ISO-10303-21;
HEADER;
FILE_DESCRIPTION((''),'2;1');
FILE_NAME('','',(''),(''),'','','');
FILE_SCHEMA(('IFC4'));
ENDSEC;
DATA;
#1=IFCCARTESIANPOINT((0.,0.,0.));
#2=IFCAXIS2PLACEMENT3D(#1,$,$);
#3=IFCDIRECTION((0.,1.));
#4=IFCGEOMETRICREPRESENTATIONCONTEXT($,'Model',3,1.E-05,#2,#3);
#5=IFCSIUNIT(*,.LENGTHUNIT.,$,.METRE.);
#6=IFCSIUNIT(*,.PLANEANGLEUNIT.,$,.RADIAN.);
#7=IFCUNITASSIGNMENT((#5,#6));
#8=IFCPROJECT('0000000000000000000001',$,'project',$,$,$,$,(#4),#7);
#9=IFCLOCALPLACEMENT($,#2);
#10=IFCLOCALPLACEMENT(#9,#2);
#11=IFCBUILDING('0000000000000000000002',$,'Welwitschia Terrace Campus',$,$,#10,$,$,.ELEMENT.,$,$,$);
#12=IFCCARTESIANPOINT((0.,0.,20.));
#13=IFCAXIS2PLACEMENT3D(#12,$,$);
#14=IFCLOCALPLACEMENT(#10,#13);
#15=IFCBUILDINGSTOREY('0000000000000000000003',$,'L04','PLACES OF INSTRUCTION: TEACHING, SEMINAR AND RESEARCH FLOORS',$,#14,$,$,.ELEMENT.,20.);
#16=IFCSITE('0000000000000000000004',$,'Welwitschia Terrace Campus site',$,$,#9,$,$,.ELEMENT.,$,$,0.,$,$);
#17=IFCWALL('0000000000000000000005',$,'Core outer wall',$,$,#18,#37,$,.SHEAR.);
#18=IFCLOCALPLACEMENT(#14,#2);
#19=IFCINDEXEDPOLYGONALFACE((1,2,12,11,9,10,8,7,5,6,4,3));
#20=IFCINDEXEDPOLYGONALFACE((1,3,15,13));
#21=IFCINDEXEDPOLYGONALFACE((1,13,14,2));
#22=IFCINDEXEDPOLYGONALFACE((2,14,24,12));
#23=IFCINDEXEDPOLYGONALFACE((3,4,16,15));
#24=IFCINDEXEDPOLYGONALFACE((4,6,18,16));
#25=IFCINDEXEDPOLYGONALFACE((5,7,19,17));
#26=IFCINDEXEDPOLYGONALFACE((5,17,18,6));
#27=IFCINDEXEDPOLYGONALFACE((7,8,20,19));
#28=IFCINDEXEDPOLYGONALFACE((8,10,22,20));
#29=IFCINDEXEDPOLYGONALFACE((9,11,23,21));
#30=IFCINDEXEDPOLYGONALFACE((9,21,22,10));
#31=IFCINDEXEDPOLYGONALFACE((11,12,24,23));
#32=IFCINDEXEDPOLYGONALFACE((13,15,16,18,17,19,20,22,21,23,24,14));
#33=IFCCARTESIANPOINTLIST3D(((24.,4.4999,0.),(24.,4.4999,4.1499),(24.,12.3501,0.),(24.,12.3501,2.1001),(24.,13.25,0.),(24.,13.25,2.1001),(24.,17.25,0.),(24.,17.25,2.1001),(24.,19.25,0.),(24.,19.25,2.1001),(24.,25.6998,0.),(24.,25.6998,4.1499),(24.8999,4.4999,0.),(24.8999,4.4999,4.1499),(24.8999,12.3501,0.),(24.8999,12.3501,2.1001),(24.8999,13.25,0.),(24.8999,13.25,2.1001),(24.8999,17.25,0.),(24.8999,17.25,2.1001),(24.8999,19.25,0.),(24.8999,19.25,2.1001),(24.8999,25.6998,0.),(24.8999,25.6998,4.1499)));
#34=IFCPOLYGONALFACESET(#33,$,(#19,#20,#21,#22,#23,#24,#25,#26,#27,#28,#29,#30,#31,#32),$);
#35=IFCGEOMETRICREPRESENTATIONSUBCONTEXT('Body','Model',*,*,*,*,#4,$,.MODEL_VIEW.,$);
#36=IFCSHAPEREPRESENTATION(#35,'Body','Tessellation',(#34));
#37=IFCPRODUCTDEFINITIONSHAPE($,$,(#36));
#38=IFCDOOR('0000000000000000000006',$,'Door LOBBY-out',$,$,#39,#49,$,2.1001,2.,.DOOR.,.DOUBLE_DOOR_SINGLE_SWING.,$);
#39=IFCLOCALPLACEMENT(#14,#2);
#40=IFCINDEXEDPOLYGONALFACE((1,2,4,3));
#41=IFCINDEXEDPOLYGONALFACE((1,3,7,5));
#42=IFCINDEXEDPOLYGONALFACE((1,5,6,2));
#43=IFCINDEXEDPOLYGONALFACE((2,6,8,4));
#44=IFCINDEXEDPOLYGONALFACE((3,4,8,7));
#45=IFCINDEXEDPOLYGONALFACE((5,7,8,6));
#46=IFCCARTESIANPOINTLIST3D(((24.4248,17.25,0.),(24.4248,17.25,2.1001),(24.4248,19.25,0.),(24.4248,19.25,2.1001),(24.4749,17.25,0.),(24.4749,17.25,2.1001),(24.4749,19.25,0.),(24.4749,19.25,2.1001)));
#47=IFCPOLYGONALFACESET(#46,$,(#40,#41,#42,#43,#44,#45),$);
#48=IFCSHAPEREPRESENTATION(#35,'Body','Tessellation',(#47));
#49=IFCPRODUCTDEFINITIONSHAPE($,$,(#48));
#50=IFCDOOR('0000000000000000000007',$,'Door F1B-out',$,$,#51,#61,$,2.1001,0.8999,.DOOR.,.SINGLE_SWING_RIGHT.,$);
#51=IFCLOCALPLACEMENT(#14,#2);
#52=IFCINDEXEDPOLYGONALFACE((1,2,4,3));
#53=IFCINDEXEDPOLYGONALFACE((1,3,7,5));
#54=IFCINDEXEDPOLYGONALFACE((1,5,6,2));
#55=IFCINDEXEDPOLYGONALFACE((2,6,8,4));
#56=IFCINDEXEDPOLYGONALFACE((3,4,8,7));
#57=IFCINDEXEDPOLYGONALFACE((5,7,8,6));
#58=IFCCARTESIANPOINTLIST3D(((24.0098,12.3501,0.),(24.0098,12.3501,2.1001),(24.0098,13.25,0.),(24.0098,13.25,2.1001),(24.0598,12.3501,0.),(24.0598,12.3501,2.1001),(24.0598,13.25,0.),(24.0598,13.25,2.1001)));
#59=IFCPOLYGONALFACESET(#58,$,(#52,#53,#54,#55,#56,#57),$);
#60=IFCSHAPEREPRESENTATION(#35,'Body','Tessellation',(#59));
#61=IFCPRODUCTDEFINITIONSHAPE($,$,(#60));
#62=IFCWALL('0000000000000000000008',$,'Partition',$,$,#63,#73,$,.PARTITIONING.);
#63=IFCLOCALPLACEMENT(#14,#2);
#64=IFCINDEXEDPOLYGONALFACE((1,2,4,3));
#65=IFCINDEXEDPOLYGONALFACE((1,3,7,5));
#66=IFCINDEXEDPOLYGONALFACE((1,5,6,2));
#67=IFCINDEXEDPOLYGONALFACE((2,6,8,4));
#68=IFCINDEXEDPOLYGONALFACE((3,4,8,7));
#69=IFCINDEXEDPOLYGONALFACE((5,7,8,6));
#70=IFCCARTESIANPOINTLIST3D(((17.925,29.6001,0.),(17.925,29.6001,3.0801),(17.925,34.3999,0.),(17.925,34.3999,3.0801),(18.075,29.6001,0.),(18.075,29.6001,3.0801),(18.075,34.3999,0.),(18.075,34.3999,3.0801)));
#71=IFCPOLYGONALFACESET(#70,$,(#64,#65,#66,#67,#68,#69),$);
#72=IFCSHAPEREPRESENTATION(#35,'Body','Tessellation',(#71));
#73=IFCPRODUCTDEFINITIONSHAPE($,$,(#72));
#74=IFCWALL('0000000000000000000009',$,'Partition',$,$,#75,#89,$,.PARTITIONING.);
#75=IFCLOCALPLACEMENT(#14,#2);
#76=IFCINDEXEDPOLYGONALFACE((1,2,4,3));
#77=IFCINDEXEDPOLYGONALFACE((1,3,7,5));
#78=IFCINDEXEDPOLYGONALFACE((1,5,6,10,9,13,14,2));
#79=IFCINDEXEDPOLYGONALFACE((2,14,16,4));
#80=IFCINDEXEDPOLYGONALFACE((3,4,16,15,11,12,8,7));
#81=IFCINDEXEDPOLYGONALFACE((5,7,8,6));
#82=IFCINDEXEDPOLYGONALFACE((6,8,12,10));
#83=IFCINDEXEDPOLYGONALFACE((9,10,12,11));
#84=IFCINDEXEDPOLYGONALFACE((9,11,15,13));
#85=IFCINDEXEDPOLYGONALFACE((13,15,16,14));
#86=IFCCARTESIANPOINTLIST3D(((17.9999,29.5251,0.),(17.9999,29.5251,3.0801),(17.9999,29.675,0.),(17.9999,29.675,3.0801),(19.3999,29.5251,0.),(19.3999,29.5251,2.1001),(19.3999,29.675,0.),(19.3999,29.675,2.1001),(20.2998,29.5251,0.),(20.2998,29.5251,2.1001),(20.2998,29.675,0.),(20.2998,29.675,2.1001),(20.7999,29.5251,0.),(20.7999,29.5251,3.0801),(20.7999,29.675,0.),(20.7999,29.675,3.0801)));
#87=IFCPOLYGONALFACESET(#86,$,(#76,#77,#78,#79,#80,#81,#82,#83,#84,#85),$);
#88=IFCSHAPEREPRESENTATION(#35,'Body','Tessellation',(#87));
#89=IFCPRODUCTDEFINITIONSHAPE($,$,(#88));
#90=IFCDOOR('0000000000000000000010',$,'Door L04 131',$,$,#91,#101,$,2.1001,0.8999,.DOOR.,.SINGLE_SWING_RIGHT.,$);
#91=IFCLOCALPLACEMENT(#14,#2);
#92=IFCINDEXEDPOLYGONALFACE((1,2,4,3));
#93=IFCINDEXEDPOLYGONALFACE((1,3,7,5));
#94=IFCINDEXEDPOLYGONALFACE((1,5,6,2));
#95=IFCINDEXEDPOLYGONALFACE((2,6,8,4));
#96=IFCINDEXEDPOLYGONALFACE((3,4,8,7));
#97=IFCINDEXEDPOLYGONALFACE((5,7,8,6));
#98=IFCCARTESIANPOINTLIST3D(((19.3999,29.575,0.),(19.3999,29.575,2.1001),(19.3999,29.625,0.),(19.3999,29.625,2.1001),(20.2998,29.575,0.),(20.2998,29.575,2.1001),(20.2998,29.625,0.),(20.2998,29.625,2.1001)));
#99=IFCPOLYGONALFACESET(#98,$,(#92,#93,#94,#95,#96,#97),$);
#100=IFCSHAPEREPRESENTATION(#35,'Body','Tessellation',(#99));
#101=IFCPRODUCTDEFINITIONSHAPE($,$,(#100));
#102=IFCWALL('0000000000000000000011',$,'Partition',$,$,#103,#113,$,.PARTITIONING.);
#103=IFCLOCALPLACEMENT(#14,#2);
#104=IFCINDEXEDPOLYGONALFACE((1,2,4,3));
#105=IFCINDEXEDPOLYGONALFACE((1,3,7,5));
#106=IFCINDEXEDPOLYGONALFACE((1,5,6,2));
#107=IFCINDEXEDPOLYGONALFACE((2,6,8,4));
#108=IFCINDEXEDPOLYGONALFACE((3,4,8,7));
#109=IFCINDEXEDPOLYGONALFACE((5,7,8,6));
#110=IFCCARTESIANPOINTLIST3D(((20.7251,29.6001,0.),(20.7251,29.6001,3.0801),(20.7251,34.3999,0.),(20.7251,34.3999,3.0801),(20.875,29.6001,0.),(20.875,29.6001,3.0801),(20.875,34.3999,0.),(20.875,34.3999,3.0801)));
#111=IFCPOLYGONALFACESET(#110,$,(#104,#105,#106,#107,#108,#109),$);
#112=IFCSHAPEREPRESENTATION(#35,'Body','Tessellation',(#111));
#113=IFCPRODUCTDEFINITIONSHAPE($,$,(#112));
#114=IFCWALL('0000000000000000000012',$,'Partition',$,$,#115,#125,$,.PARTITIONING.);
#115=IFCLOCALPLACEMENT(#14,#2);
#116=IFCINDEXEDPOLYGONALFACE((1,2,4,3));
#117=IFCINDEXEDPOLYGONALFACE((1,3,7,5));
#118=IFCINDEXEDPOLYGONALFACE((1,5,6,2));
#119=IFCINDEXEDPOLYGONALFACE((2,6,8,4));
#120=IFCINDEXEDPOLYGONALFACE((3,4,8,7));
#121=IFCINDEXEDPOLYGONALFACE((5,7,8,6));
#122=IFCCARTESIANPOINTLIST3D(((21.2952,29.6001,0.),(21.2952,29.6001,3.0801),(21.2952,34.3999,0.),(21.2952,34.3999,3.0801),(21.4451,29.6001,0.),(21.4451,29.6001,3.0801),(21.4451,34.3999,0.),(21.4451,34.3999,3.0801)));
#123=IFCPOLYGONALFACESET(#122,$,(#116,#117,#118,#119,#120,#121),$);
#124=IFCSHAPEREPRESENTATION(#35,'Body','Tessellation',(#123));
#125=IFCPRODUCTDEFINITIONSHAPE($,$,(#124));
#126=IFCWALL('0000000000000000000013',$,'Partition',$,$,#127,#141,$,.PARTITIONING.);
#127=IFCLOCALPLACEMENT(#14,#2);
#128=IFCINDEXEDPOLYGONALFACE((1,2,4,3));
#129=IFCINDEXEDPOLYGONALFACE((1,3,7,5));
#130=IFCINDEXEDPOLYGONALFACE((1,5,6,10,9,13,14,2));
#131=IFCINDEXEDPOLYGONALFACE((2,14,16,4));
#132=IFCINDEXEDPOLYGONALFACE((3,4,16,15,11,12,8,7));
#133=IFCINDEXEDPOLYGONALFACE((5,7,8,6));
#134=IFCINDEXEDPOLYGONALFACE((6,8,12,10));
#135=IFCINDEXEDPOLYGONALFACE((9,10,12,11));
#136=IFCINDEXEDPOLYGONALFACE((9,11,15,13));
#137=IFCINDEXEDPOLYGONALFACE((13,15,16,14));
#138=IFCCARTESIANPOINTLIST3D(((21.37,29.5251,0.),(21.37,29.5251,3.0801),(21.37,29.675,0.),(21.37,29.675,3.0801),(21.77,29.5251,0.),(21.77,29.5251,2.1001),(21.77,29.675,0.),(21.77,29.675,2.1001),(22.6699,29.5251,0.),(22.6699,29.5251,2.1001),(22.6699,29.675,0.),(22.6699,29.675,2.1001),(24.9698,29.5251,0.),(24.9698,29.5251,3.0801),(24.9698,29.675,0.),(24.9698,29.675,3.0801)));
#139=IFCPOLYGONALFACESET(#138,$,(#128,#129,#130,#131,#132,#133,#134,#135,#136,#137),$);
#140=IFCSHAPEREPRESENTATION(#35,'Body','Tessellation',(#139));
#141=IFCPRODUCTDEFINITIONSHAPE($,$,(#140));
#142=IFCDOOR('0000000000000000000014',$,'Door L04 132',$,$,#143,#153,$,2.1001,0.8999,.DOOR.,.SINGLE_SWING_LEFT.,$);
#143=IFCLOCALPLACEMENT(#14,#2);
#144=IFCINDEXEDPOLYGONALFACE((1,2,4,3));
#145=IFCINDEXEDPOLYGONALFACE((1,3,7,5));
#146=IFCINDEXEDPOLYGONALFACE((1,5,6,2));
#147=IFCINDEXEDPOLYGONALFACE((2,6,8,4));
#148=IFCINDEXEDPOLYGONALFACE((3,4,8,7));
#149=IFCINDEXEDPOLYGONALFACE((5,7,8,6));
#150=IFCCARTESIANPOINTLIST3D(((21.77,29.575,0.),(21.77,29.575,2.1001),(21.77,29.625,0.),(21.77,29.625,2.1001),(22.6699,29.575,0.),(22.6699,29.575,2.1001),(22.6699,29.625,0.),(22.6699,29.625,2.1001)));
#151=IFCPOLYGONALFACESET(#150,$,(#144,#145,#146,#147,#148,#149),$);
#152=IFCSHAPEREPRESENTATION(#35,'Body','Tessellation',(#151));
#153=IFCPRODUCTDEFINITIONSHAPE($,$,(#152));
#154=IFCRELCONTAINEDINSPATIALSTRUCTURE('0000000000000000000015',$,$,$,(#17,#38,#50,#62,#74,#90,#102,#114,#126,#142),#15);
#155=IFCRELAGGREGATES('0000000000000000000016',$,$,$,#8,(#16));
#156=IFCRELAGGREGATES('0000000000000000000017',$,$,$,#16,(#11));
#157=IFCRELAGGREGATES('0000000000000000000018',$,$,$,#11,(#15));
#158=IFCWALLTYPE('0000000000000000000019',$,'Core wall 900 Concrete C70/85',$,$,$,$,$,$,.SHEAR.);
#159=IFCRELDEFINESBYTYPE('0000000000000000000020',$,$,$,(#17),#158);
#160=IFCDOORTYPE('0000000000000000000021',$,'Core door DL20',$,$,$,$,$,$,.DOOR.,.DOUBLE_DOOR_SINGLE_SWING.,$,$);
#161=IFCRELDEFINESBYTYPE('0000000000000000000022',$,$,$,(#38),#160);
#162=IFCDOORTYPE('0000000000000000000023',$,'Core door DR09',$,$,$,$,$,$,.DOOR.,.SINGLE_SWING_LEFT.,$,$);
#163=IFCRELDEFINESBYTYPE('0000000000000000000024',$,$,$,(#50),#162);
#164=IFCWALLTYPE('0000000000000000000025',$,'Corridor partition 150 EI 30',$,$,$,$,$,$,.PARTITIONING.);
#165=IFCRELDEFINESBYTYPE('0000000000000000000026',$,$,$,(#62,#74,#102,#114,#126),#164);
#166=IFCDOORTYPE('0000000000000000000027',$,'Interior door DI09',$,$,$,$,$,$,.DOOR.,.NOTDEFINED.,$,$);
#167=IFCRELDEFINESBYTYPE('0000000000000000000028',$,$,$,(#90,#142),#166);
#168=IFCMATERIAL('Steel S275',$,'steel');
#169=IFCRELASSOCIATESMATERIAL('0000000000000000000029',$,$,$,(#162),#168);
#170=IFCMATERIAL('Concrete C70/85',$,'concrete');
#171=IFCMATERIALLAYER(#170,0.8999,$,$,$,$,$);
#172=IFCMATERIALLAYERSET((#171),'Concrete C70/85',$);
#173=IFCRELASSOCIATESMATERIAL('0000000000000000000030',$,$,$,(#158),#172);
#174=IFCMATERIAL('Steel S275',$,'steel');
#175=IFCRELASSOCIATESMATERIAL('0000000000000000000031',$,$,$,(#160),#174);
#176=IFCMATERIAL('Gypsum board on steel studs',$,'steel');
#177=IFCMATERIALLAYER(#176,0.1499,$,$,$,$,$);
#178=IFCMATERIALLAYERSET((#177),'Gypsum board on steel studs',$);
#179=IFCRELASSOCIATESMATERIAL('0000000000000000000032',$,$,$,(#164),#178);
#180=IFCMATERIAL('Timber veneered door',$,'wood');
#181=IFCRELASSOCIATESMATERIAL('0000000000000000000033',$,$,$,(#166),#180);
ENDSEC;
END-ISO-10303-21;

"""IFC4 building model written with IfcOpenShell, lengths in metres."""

from ifc_helpers import new_model, si_unit, direction, frame, frame_2d, origin, place, context, subcontext, project, spatial, rectangle, extrude, material, layer, layer_set, type_object, element, fill, save


model = new_model("IFC4")

# Units and contexts
model_context = context("Model", 3, precision=1e-05, world=origin(), true_north=direction((0.0, 1.0)))
body_context = subcontext(model_context, "Body", "Model", "MODEL_VIEW")
ifc_project = project(units=[si_unit("LENGTHUNIT", "METRE"), si_unit("PLANEANGLEUNIT", "RADIAN")], contexts=[model_context])

# Site, building, storey
site_placement = place(None, origin())
site = spatial("IfcSite", under=ifc_project, at=site_placement, Name="Welwitschia Terrace Campus site", CompositionType="ELEMENT", RefElevation=0.0)
building_placement = place(site_placement, origin())
building = spatial("IfcBuilding", under=site, at=building_placement, Name="Welwitschia Terrace Campus", CompositionType="ELEMENT")
storey_placement = place(building_placement, frame((0.0, 0.0, 20.0)))
storey = spatial("IfcBuildingStorey", under=building, at=storey_placement, Name="L04", Description="PLACES OF INSTRUCTION: TEACHING, SEMINAR AND RESEARCH FLOORS", CompositionType="ELEMENT", Elevation=20.0)

# Shared definitions
ifc_material_1 = material(Name="Steel S275", Category="steel")
door_type_1 = type_object("IfcDoorType", Name="Core door DR09", OperationType="SINGLE_SWING_LEFT", PredefinedType="DOOR", material=ifc_material_1)

# Wall, openings, doors
ifc_material_2 = material(Name="Concrete C70/85", Category="concrete")
ifc_layer_1 = layer(ifc_material_2, 0.8999)
ifc_layer_set_1 = layer_set([ifc_layer_1], Name="Concrete C70/85")
wall_type_1 = type_object("IfcWallType", Name="Core wall 900 Concrete C70/85", PredefinedType="SHEAR", material=ifc_layer_set_1)
wall_1_placement = place(storey_placement, frame((24.45, 25.7, 0.0), z_axis=(0.0, 0.0, 1.0), x_axis=(0.0, -1.0, 0.0)))
wall_1 = element("IfcWall", 1, at=wall_1_placement, inside=storey, type_object=wall_type_1, Name="Core outer wall", PredefinedType="SHEAR", context=body_context, shape_type="SweptSolid", body=[
    extrude(rectangle(XDim=21.2, YDim=0.8999, at=frame_2d((10.6001, 0.0))), origin(), (0.0, 0.0, 1.0), 4.1499),
])
opening_1_placement = place(wall_1_placement, frame((12.45, 0.0, 0.0)))
opening_1 = element("IfcOpeningElement", 2, at=opening_1_placement, cuts=wall_1, PredefinedType="OPENING", context=body_context, shape_type="SweptSolid", body=[
    extrude(rectangle(XDim=0.8999, YDim=2.1001, at=frame_2d((0.45, 1.05))), frame((0.0, 0.46, 0.0), z_axis=(0.0, -1.0, 0.0), x_axis=(1.0, 0.0, 0.0)), (0.0, 0.0, 1.0), 0.9199),
])
opening_2_placement = place(wall_1_placement, frame((6.45, 0.0, 0.0)))
opening_2 = element("IfcOpeningElement", 3, at=opening_2_placement, cuts=wall_1, PredefinedType="OPENING", context=body_context, shape_type="SweptSolid", body=[
    extrude(rectangle(XDim=2.0, YDim=2.1001, at=frame_2d((1.0, 1.05))), frame((0.0, 0.46, 0.0), z_axis=(0.0, -1.0, 0.0), x_axis=(1.0, 0.0, 0.0)), (0.0, 0.0, 1.0), 0.9199),
])
ifc_material_3 = material(Name="Steel S275", Category="steel")
door_type_2 = type_object("IfcDoorType", Name="Core door DL20", OperationType="DOUBLE_DOOR_SINGLE_SWING", PredefinedType="DOOR", material=ifc_material_3)
door_1_placement = place(opening_2_placement, origin())
door_1 = element("IfcDoor", 4, at=door_1_placement, inside=storey, type_object=door_type_2, Name="Door LOBBY-out", OperationType="DOUBLE_DOOR_SINGLE_SWING", OverallHeight=2.1001, OverallWidth=2.0, PredefinedType="DOOR", context=body_context, shape_type="SweptSolid", body=[
    extrude(rectangle(XDim=2.0, YDim=2.1001, at=frame_2d((1.0, 1.05))), frame((0.0, 0.0249, 0.0), z_axis=(0.0, -1.0, 0.0), x_axis=(1.0, 0.0, 0.0)), (0.0, 0.0, 1.0), 0.05),
])
fill(opening_2, door_1)
door_2_placement = place(opening_1_placement, origin())
door_2 = element("IfcDoor", 5, at=door_2_placement, inside=storey, type_object=door_type_1, Name="Door F1B-out", OperationType="SINGLE_SWING_RIGHT", OverallHeight=2.1001, OverallWidth=0.8999, PredefinedType="DOOR", context=body_context, shape_type="SweptSolid", body=[
    extrude(rectangle(XDim=0.8999, YDim=2.1001, at=frame_2d((0.45, 1.05))), frame((0.0, -0.3901, 0.0), z_axis=(0.0, -1.0, 0.0), x_axis=(1.0, 0.0, 0.0)), (0.0, 0.0, 1.0), 0.05),
])
fill(opening_1, door_2)

# Wall
ifc_material_4 = material(Name="Gypsum board on steel studs", Category="steel")
ifc_layer_2 = layer(ifc_material_4, 0.1499)
ifc_layer_set_2 = layer_set([ifc_layer_2], Name="Gypsum board on steel studs")
wall_type_2 = type_object("IfcWallType", Name="Corridor partition 150 EI 30", PredefinedType="PARTITIONING", material=ifc_layer_set_2)
wall_2_placement = place(storey_placement, frame((18.0, 29.6001, 0.0), z_axis=(0.0, 0.0, 1.0), x_axis=(0.0, 1.0, 0.0)))
element("IfcWall", 6, at=wall_2_placement, inside=storey, type_object=wall_type_2, Name="Partition", PredefinedType="PARTITIONING", context=body_context, shape_type="SweptSolid", body=[
    extrude(rectangle(XDim=4.7998, YDim=0.1499, at=frame_2d((2.3999, 0.0))), origin(), (0.0, 0.0, 1.0), 3.0801),
])

# Wall, opening, door
wall_3_placement = place(storey_placement, frame((18.0, 29.6001, 0.0), z_axis=(0.0, 0.0, 1.0), x_axis=(1.0, 0.0, 0.0)))
wall_3 = element("IfcWall", 7, at=wall_3_placement, inside=storey, type_object=wall_type_2, Name="Partition", PredefinedType="PARTITIONING", context=body_context, shape_type="SweptSolid", body=[
    extrude(rectangle(XDim=2.8, YDim=0.1499, at=frame_2d((1.3999, 0.0))), origin(), (0.0, 0.0, 1.0), 3.0801),
])
opening_3_placement = place(wall_3_placement, frame((1.3999, 0.0, 0.0)))
opening_3 = element("IfcOpeningElement", 8, at=opening_3_placement, cuts=wall_3, PredefinedType="OPENING", context=body_context, shape_type="SweptSolid", body=[
    extrude(rectangle(XDim=0.8999, YDim=2.1001, at=frame_2d((0.45, 1.05))), frame((0.0, 0.085, 0.0), z_axis=(0.0, -1.0, 0.0), x_axis=(1.0, 0.0, 0.0)), (0.0, 0.0, 1.0), 0.1699),
])
ifc_material_5 = material(Name="Timber veneered door", Category="wood")
door_type_3 = type_object("IfcDoorType", Name="Interior door DI09", OperationType="NOTDEFINED", PredefinedType="DOOR", material=ifc_material_5)
door_3_placement = place(opening_3_placement, origin())
door_3 = element("IfcDoor", 9, at=door_3_placement, inside=storey, type_object=door_type_3, Name="Door L04 131", OperationType="SINGLE_SWING_RIGHT", OverallHeight=2.1001, OverallWidth=0.8999, PredefinedType="DOOR", context=body_context, shape_type="SweptSolid", body=[
    extrude(rectangle(XDim=0.8999, YDim=2.1001, at=frame_2d((0.45, 1.05))), frame((0.0, 0.0249, 0.0), z_axis=(0.0, -1.0, 0.0), x_axis=(1.0, 0.0, 0.0)), (0.0, 0.0, 1.0), 0.05),
])
fill(opening_3, door_3)

# Walls
for number, where, z_axis, x_axis, name in (
    (10, (20.8, 29.6001, 0.0), (0.0, 0.0, 1.0), (0.0, 1.0, 0.0), "Partition"),
    (11, (21.3701, 29.6001, 0.0), (0.0, 0.0, 1.0), (0.0, 1.0, 0.0), "Partition"),
):
    element("IfcWall", number, at=place(storey_placement, frame(where, z_axis=z_axis, x_axis=x_axis)), inside=storey, type_object=wall_type_2, Name=name, PredefinedType="PARTITIONING", context=body_context, shape_type="SweptSolid", body=[
        extrude(rectangle(XDim=4.7998, YDim=0.1499, at=frame_2d((2.3999, 0.0))), origin(), (0.0, 0.0, 1.0), 3.0801),
    ])

# Wall, opening, door
wall_4_placement = place(storey_placement, frame((21.3701, 29.6001, 0.0), z_axis=(0.0, 0.0, 1.0), x_axis=(1.0, 0.0, 0.0)))
wall_4 = element("IfcWall", 12, at=wall_4_placement, inside=storey, type_object=wall_type_2, Name="Partition", PredefinedType="PARTITIONING", context=body_context, shape_type="SweptSolid", body=[
    extrude(rectangle(XDim=3.5999, YDim=0.1499, at=frame_2d((1.7998, 0.0))), origin(), (0.0, 0.0, 1.0), 3.0801),
])
opening_4_placement = place(wall_4_placement, frame((0.3999, 0.0, 0.0)))
opening_4 = element("IfcOpeningElement", 13, at=opening_4_placement, cuts=wall_4, PredefinedType="OPENING", context=body_context, shape_type="SweptSolid", body=[
    extrude(rectangle(XDim=0.8999, YDim=2.1001, at=frame_2d((0.45, 1.05))), frame((0.0, 0.085, 0.0), z_axis=(0.0, -1.0, 0.0), x_axis=(1.0, 0.0, 0.0)), (0.0, 0.0, 1.0), 0.1699),
])
door_4_placement = place(opening_4_placement, origin())
door_4 = element("IfcDoor", 14, at=door_4_placement, inside=storey, type_object=door_type_3, Name="Door L04 132", OperationType="SINGLE_SWING_LEFT", OverallHeight=2.1001, OverallWidth=0.8999, PredefinedType="DOOR", context=body_context, shape_type="SweptSolid", body=[
    extrude(rectangle(XDim=0.8999, YDim=2.1001, at=frame_2d((0.45, 1.05))), frame((0.0, 0.0249, 0.0), z_axis=(0.0, -1.0, 0.0), x_axis=(1.0, 0.0, 0.0)), (0.0, 0.0, 1.0), 0.05),
])
fill(opening_4, door_4)

save(model, "model.ifc")
